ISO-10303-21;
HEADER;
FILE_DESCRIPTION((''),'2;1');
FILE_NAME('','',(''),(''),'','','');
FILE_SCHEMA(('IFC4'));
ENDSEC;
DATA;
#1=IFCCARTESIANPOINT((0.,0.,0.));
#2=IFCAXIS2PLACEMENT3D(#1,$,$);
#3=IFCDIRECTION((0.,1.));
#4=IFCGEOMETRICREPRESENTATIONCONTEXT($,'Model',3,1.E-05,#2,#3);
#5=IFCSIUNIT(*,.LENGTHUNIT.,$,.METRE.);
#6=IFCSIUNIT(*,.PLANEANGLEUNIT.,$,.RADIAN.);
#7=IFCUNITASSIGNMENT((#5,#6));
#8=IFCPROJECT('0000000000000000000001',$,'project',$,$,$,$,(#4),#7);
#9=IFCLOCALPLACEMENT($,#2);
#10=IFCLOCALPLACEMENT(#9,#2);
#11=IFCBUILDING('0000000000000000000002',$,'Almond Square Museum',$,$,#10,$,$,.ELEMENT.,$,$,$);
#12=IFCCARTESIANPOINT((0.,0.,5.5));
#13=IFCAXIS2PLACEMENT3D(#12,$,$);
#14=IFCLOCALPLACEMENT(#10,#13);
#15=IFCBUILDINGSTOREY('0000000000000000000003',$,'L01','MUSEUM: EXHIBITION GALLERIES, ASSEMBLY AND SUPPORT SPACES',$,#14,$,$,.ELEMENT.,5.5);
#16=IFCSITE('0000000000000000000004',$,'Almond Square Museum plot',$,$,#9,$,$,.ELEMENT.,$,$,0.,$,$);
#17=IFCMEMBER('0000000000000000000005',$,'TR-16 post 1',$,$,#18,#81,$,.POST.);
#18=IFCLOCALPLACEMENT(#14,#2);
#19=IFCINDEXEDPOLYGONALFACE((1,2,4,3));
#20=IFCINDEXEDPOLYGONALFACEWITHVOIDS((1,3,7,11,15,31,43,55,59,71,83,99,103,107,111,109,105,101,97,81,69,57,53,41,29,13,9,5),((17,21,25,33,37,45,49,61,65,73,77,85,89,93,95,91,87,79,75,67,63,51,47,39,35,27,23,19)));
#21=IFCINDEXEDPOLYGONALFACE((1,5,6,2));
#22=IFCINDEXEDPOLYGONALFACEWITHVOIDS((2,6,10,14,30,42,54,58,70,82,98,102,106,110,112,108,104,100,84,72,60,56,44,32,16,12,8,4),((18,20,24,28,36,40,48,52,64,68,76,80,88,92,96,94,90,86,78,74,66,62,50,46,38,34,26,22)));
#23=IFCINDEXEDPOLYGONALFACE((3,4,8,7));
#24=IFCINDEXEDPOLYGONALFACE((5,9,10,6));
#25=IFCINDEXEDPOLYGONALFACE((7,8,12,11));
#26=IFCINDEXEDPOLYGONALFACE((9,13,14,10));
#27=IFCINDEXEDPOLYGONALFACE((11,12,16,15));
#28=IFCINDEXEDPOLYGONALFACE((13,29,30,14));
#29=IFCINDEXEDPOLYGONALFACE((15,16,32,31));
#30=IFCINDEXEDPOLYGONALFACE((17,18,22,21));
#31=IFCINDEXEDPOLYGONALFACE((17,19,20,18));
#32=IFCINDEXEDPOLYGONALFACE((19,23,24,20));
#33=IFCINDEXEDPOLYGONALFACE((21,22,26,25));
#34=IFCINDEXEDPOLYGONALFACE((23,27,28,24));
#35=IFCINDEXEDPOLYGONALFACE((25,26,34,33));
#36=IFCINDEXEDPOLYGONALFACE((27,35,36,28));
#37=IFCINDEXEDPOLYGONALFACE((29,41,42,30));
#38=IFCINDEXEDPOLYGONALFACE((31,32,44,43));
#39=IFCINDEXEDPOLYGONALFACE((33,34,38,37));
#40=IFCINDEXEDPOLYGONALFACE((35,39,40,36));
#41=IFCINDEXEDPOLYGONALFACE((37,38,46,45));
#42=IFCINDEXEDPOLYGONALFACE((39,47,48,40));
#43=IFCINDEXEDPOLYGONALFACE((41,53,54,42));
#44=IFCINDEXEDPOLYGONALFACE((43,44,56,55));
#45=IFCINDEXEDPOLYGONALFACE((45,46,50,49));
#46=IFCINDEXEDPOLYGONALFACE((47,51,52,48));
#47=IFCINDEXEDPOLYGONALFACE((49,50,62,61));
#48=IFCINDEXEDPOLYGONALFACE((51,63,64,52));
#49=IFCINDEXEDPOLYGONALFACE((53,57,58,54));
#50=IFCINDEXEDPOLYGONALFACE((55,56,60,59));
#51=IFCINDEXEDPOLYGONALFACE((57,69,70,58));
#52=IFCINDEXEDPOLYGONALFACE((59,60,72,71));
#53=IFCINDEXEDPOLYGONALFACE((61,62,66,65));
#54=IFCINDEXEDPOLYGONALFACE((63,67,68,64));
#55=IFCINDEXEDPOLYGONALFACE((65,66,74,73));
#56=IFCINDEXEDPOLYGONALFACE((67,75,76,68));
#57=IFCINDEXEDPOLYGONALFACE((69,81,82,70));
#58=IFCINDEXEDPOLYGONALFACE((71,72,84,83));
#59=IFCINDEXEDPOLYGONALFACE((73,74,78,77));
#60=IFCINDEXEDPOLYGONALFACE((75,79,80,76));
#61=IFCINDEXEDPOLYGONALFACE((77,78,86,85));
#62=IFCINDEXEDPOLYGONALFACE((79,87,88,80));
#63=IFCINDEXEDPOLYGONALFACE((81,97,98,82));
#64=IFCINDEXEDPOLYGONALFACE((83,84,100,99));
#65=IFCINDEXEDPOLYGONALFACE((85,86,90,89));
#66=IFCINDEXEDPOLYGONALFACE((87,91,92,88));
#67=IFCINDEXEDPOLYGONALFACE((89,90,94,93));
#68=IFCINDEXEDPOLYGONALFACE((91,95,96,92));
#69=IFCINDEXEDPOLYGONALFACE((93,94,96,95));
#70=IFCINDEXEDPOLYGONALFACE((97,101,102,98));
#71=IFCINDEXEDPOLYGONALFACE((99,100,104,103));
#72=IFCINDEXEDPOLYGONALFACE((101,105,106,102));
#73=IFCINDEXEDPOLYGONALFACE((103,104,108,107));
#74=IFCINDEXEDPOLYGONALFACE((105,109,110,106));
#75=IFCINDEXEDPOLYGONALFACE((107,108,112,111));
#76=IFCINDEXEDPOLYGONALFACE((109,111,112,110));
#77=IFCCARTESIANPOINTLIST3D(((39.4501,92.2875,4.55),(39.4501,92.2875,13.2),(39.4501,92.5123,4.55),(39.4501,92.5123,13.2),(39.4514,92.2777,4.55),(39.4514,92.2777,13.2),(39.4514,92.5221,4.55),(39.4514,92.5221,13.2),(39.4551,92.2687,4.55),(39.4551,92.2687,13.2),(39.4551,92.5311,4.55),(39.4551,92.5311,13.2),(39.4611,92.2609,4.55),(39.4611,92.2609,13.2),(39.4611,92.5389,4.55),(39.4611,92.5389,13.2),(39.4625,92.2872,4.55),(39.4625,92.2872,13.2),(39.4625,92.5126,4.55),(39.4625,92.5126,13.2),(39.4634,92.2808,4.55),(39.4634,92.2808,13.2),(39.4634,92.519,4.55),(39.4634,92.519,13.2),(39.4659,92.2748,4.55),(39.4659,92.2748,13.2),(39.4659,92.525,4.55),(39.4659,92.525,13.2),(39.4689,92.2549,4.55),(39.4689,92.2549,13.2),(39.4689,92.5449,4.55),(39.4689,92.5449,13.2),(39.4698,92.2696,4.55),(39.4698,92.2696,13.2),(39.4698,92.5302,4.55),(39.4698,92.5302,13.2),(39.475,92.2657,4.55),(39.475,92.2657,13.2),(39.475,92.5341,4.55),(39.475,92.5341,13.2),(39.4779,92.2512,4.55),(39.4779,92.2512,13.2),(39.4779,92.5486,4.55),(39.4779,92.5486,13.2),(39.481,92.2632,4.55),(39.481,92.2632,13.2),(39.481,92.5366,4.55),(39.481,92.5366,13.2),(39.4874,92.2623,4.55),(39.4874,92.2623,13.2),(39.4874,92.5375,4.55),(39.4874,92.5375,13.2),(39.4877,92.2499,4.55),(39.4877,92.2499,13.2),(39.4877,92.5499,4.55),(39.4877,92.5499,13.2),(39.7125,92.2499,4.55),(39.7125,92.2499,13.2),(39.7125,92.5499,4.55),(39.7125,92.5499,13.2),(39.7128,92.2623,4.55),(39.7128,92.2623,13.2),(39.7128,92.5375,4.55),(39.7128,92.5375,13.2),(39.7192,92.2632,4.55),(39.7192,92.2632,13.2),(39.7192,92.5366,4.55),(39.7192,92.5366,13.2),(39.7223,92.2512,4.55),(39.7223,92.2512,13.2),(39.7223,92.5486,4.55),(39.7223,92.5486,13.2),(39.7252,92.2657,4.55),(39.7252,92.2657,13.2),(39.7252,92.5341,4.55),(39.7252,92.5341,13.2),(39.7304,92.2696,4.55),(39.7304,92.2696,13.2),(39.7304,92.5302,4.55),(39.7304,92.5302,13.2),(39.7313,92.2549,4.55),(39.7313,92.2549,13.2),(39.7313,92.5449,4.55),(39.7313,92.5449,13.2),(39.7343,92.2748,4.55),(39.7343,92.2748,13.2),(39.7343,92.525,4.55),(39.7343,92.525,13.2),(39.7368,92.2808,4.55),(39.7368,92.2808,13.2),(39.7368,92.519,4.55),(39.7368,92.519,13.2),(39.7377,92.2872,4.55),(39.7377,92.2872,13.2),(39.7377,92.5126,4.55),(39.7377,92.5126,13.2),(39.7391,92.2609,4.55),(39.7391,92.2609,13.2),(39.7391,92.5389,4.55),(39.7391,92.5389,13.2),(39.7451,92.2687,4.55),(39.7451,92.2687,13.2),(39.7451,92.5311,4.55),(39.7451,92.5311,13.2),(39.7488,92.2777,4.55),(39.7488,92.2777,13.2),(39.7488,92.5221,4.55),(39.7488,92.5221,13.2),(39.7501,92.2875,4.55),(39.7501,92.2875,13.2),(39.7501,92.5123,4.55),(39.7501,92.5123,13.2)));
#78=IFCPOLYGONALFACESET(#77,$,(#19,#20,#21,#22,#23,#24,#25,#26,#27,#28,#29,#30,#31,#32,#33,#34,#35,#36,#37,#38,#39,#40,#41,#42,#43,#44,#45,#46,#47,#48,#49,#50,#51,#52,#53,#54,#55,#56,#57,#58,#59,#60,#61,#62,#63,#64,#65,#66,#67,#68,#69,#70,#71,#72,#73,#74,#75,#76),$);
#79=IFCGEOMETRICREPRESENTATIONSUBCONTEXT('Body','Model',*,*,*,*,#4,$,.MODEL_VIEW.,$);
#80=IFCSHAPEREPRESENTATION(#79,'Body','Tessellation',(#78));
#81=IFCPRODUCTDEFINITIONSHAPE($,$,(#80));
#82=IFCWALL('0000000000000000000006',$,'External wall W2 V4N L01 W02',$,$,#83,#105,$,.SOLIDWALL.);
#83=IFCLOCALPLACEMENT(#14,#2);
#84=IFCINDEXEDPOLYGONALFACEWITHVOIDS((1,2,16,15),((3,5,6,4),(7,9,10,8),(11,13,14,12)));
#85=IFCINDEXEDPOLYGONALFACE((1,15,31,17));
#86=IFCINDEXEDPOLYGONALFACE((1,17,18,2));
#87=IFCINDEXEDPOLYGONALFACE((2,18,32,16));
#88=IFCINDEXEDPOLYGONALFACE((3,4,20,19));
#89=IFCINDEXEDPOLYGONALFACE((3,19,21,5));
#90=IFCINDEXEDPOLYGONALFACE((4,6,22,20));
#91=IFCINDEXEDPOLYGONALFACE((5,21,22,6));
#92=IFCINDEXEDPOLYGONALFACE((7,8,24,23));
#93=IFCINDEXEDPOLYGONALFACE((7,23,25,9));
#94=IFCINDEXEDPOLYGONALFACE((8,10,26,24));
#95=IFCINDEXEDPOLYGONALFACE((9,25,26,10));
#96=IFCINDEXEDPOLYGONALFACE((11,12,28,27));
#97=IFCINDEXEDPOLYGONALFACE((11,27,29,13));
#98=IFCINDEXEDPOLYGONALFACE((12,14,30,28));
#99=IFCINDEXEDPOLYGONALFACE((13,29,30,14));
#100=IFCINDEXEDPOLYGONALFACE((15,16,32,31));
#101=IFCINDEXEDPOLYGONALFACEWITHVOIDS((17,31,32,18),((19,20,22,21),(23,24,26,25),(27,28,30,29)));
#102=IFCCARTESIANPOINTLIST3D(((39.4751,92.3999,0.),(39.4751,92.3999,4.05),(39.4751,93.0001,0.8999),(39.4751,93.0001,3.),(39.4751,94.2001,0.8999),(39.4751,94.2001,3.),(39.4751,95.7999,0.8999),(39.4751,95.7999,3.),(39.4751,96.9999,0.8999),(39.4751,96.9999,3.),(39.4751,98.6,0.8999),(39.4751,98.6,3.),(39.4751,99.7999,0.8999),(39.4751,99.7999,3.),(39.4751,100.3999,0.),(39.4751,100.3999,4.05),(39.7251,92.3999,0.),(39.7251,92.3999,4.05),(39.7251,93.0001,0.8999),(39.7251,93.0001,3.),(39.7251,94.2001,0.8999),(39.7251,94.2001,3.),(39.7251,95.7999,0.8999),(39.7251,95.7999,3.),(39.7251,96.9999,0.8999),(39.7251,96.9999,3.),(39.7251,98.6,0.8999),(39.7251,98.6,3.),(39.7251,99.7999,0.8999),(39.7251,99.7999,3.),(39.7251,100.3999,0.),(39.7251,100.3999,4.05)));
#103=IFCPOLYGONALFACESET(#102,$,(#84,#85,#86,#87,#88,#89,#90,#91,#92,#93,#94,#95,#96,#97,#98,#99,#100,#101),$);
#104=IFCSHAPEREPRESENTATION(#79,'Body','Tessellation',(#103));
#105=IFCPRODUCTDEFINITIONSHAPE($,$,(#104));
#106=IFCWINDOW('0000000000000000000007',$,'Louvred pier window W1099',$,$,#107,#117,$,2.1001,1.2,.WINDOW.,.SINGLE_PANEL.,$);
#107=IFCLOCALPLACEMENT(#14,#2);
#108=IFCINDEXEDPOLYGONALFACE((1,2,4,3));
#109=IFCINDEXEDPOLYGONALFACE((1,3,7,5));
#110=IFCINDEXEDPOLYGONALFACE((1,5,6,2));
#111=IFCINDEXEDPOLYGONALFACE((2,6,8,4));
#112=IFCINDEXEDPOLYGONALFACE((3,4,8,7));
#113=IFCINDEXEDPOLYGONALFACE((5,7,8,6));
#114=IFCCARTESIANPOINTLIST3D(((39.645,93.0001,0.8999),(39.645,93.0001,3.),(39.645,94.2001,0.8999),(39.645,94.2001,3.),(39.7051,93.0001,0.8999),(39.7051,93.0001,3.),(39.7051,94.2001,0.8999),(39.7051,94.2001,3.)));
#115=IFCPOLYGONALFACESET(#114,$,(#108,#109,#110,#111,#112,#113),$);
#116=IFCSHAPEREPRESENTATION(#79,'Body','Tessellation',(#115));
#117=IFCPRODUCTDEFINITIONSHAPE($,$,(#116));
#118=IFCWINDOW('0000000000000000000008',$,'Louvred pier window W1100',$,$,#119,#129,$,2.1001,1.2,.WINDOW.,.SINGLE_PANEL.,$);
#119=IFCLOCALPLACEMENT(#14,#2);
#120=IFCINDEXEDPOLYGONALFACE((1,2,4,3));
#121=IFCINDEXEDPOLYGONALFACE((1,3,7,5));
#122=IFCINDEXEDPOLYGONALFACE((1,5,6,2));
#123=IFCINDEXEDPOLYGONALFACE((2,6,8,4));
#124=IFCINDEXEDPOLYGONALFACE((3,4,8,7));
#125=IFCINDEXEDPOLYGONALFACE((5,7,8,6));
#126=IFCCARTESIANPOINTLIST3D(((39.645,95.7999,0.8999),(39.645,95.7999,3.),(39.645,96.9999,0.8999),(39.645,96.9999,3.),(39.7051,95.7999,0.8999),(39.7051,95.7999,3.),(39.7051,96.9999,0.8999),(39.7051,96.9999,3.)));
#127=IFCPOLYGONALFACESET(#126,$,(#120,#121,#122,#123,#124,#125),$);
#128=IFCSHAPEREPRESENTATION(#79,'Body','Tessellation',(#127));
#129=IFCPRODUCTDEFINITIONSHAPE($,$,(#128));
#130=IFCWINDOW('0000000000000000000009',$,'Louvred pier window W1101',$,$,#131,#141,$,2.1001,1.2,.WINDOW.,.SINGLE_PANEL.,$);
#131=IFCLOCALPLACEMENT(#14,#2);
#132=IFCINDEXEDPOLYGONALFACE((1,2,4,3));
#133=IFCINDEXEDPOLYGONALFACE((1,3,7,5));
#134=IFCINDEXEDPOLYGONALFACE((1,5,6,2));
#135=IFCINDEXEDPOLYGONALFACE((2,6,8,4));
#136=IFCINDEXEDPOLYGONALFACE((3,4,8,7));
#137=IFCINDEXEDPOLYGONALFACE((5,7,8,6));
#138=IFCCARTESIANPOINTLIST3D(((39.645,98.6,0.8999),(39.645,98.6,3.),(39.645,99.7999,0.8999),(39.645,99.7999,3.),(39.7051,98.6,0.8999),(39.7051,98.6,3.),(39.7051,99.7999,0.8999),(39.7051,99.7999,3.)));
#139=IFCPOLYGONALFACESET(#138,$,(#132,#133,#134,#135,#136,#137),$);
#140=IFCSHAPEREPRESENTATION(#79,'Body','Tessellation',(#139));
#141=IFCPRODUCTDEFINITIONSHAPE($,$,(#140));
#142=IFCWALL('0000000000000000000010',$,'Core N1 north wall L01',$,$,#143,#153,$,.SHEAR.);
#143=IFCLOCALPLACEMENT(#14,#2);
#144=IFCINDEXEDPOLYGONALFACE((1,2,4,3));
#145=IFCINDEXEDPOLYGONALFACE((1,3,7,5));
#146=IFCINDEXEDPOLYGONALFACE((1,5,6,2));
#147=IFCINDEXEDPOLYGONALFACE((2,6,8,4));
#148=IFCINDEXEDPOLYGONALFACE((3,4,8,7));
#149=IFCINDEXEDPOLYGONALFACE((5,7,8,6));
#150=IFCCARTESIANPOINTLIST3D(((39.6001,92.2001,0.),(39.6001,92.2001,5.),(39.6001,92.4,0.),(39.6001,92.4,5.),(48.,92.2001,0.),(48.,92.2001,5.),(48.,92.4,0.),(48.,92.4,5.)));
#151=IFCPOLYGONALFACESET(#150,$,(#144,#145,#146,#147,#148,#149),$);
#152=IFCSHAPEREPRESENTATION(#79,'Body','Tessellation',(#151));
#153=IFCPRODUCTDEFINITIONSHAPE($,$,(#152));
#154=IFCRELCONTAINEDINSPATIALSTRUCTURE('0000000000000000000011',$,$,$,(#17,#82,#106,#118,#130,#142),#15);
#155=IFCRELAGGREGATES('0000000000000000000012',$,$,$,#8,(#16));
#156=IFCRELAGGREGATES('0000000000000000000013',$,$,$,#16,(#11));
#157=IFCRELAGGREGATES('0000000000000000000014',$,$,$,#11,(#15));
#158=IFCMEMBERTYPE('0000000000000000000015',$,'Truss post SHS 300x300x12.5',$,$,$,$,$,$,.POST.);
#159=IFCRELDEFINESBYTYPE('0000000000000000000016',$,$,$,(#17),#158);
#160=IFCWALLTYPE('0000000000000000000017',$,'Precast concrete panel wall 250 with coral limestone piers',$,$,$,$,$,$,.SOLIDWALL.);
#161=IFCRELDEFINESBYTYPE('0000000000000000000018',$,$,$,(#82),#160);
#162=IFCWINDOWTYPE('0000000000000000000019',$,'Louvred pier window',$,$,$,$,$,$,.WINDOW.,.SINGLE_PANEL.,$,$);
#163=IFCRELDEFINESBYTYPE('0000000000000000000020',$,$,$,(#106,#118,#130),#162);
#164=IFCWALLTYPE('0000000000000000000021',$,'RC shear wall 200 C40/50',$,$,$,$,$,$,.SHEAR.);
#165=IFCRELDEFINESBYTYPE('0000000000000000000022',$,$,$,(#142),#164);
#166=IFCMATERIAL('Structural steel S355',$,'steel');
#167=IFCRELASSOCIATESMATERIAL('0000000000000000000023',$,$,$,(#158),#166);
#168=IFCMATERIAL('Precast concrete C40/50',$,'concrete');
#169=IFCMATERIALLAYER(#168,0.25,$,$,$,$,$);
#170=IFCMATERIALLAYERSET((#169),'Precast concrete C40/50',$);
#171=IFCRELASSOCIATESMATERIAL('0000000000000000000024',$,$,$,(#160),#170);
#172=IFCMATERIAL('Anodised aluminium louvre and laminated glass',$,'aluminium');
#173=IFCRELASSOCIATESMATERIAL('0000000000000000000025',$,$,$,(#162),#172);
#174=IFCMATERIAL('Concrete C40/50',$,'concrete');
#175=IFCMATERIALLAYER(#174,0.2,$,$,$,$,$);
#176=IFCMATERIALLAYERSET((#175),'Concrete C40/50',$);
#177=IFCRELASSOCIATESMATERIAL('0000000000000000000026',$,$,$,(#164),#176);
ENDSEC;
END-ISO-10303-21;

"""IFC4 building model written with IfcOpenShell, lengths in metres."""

from ifc_helpers import new_model, si_unit, direction, frame, frame_2d, origin, origin_2d, place, context, subcontext, project, spatial, rectangle, hollow_rectangle, extrude, material, layer, layer_set, material_profile, profile_set, type_object, element, fill, save


model = new_model("IFC4")

# Units and contexts
model_context = context("Model", 3, precision=1e-05, world=origin(), true_north=direction((0.0, 1.0)))
body_context = subcontext(model_context, "Body", "Model", "MODEL_VIEW")
ifc_project = project(units=[si_unit("LENGTHUNIT", "METRE"), si_unit("PLANEANGLEUNIT", "RADIAN")], contexts=[model_context])

# Site, building, storey
site_placement = place(None, origin())
site = spatial("IfcSite", under=ifc_project, at=site_placement, Name="Almond Square Museum plot", CompositionType="ELEMENT", RefElevation=0.0)
building_placement = place(site_placement, origin())
building = spatial("IfcBuilding", under=site, at=building_placement, Name="Almond Square Museum", CompositionType="ELEMENT")
storey_placement = place(building_placement, frame((0.0, 0.0, 5.5)))
storey = spatial("IfcBuildingStorey", under=building, at=storey_placement, Name="L01", Description="MUSEUM: EXHIBITION GALLERIES, ASSEMBLY AND SUPPORT SPACES", CompositionType="ELEMENT", Elevation=5.5)

# Member
ifc_material_1 = material(Name="Structural steel S355", Category="steel")
ifc_material_profile_1 = material_profile(ifc_material_1, hollow_rectangle(XDim=0.3, YDim=0.3, WallThickness=0.0125, InnerFilletRadius=0.0249, OuterFilletRadius=0.0376, at=origin_2d()))
ifc_profile_set_1 = profile_set([ifc_material_profile_1], Name="Structural steel S355")
member_type_1 = type_object("IfcMemberType", Name="Truss post SHS 300x300x12.5", PredefinedType="POST", material=ifc_profile_set_1)
member_placement = place(storey_placement, frame((39.6001, 92.3999, 4.55), z_axis=(0.0, 0.0, 1.0), x_axis=(1.0, 0.0, 0.0)))
element("IfcMember", 1, at=member_placement, inside=storey, type_object=member_type_1, Name="TR-16 post 1", PredefinedType="POST", context=body_context, shape_type="SweptSolid", body=[
    extrude(hollow_rectangle(XDim=0.3, YDim=0.3, WallThickness=0.0125, InnerFilletRadius=0.0249, OuterFilletRadius=0.0376, at=origin_2d()), origin(), (0.0, 0.0, 1.0), 8.6499),
])

# Wall, openings, windows
ifc_material_2 = material(Name="Precast concrete C40/50", Category="concrete")
ifc_layer_1 = layer(ifc_material_2, 0.25)
ifc_layer_set_1 = layer_set([ifc_layer_1], Name="Precast concrete C40/50")
wall_type_1 = type_object("IfcWallType", Name="Precast concrete panel wall 250 with coral limestone piers", PredefinedType="SOLIDWALL", material=ifc_layer_set_1)
wall_1_placement = place(storey_placement, frame((39.6001, 92.3999, 0.0), z_axis=(0.0, 0.0, 1.0), x_axis=(0.0, 1.0, 0.0)))
wall_1 = element("IfcWall", 2, at=wall_1_placement, inside=storey, type_object=wall_type_1, Name="External wall W2 V4N L01 W02", PredefinedType="SOLIDWALL", context=body_context, shape_type="SweptSolid", body=[
    extrude(rectangle(XDim=8.0, YDim=0.25, at=frame_2d((4.0, 0.0))), origin(), (0.0, 0.0, 1.0), 4.05),
])
opening_1_placement = place(wall_1_placement, frame((0.6001, 0.0, 0.8999)))
opening_1 = element("IfcOpeningElement", 3, at=opening_1_placement, cuts=wall_1, PredefinedType="OPENING", context=body_context, shape_type="SweptSolid", body=[
    extrude(rectangle(XDim=1.2, YDim=2.1001, at=frame_2d((0.6001, 1.05))), frame((0.0, 0.135, 0.0), z_axis=(0.0, -1.0, 0.0), x_axis=(1.0, 0.0, 0.0)), (0.0, 0.0, 1.0), 0.27),
])
opening_2_placement = place(wall_1_placement, frame((3.3999, 0.0, 0.8999)))
opening_2 = element("IfcOpeningElement", 4, at=opening_2_placement, cuts=wall_1, PredefinedType="OPENING", context=body_context, shape_type="SweptSolid", body=[
    extrude(rectangle(XDim=1.2, YDim=2.1001, at=frame_2d((0.6001, 1.05))), frame((0.0, 0.135, 0.0), z_axis=(0.0, -1.0, 0.0), x_axis=(1.0, 0.0, 0.0)), (0.0, 0.0, 1.0), 0.27),
])
opening_3_placement = place(wall_1_placement, frame((6.2, 0.0, 0.8999)))
opening_3 = element("IfcOpeningElement", 5, at=opening_3_placement, cuts=wall_1, PredefinedType="OPENING", context=body_context, shape_type="SweptSolid", body=[
    extrude(rectangle(XDim=1.2, YDim=2.1001, at=frame_2d((0.6001, 1.05))), frame((0.0, 0.135, 0.0), z_axis=(0.0, -1.0, 0.0), x_axis=(1.0, 0.0, 0.0)), (0.0, 0.0, 1.0), 0.27),
])
ifc_material_3 = material(Name="Anodised aluminium louvre and laminated glass", Category="aluminium")
window_type = type_object("IfcWindowType", Name="Louvred pier window", PartitioningType="SINGLE_PANEL", PredefinedType="WINDOW", material=ifc_material_3)
window_1_placement = place(opening_1_placement, origin())
window_1 = element("IfcWindow", 6, at=window_1_placement, inside=storey, type_object=window_type, Name="Louvred pier window W1099", OverallHeight=2.1001, OverallWidth=1.2, PartitioningType="SINGLE_PANEL", PredefinedType="WINDOW", context=body_context, shape_type="SweptSolid", body=[
    extrude(rectangle(XDim=1.2, YDim=2.1001, at=frame_2d((0.6001, 1.05))), frame((0.0, -0.0449, 0.0), z_axis=(0.0, -1.0, 0.0), x_axis=(1.0, 0.0, 0.0)), (0.0, 0.0, 1.0), 0.0601),
])
fill(opening_1, window_1)
window_2_placement = place(opening_2_placement, origin())
window_2 = element("IfcWindow", 7, at=window_2_placement, inside=storey, type_object=window_type, Name="Louvred pier window W1100", OverallHeight=2.1001, OverallWidth=1.2, PartitioningType="SINGLE_PANEL", PredefinedType="WINDOW", context=body_context, shape_type="SweptSolid", body=[
    extrude(rectangle(XDim=1.2, YDim=2.1001, at=frame_2d((0.6001, 1.05))), frame((0.0, -0.0449, 0.0), z_axis=(0.0, -1.0, 0.0), x_axis=(1.0, 0.0, 0.0)), (0.0, 0.0, 1.0), 0.0601),
])
fill(opening_2, window_2)
window_3_placement = place(opening_3_placement, origin())
window_3 = element("IfcWindow", 8, at=window_3_placement, inside=storey, type_object=window_type, Name="Louvred pier window W1101", OverallHeight=2.1001, OverallWidth=1.2, PartitioningType="SINGLE_PANEL", PredefinedType="WINDOW", context=body_context, shape_type="SweptSolid", body=[
    extrude(rectangle(XDim=1.2, YDim=2.1001, at=frame_2d((0.6001, 1.05))), frame((0.0, -0.0449, 0.0), z_axis=(0.0, -1.0, 0.0), x_axis=(1.0, 0.0, 0.0)), (0.0, 0.0, 1.0), 0.0601),
])
fill(opening_3, window_3)

# Wall
ifc_material_4 = material(Name="Concrete C40/50", Category="concrete")
ifc_layer_2 = layer(ifc_material_4, 0.2)
ifc_layer_set_2 = layer_set([ifc_layer_2], Name="Concrete C40/50")
wall_type_2 = type_object("IfcWallType", Name="RC shear wall 200 C40/50", PredefinedType="SHEAR", material=ifc_layer_set_2)
wall_2_placement = place(storey_placement, frame((39.6001, 92.3, 0.0), z_axis=(0.0, 0.0, 1.0), x_axis=(1.0, 0.0, 0.0)))
element("IfcWall", 9, at=wall_2_placement, inside=storey, type_object=wall_type_2, Name="Core N1 north wall L01", PredefinedType="SHEAR", context=body_context, shape_type="SweptSolid", body=[
    extrude(rectangle(XDim=8.3999, YDim=0.2, at=frame_2d((4.2, 0.0))), origin(), (0.0, 0.0, 1.0), 5.0),
])

save(model, "model.ifc")
